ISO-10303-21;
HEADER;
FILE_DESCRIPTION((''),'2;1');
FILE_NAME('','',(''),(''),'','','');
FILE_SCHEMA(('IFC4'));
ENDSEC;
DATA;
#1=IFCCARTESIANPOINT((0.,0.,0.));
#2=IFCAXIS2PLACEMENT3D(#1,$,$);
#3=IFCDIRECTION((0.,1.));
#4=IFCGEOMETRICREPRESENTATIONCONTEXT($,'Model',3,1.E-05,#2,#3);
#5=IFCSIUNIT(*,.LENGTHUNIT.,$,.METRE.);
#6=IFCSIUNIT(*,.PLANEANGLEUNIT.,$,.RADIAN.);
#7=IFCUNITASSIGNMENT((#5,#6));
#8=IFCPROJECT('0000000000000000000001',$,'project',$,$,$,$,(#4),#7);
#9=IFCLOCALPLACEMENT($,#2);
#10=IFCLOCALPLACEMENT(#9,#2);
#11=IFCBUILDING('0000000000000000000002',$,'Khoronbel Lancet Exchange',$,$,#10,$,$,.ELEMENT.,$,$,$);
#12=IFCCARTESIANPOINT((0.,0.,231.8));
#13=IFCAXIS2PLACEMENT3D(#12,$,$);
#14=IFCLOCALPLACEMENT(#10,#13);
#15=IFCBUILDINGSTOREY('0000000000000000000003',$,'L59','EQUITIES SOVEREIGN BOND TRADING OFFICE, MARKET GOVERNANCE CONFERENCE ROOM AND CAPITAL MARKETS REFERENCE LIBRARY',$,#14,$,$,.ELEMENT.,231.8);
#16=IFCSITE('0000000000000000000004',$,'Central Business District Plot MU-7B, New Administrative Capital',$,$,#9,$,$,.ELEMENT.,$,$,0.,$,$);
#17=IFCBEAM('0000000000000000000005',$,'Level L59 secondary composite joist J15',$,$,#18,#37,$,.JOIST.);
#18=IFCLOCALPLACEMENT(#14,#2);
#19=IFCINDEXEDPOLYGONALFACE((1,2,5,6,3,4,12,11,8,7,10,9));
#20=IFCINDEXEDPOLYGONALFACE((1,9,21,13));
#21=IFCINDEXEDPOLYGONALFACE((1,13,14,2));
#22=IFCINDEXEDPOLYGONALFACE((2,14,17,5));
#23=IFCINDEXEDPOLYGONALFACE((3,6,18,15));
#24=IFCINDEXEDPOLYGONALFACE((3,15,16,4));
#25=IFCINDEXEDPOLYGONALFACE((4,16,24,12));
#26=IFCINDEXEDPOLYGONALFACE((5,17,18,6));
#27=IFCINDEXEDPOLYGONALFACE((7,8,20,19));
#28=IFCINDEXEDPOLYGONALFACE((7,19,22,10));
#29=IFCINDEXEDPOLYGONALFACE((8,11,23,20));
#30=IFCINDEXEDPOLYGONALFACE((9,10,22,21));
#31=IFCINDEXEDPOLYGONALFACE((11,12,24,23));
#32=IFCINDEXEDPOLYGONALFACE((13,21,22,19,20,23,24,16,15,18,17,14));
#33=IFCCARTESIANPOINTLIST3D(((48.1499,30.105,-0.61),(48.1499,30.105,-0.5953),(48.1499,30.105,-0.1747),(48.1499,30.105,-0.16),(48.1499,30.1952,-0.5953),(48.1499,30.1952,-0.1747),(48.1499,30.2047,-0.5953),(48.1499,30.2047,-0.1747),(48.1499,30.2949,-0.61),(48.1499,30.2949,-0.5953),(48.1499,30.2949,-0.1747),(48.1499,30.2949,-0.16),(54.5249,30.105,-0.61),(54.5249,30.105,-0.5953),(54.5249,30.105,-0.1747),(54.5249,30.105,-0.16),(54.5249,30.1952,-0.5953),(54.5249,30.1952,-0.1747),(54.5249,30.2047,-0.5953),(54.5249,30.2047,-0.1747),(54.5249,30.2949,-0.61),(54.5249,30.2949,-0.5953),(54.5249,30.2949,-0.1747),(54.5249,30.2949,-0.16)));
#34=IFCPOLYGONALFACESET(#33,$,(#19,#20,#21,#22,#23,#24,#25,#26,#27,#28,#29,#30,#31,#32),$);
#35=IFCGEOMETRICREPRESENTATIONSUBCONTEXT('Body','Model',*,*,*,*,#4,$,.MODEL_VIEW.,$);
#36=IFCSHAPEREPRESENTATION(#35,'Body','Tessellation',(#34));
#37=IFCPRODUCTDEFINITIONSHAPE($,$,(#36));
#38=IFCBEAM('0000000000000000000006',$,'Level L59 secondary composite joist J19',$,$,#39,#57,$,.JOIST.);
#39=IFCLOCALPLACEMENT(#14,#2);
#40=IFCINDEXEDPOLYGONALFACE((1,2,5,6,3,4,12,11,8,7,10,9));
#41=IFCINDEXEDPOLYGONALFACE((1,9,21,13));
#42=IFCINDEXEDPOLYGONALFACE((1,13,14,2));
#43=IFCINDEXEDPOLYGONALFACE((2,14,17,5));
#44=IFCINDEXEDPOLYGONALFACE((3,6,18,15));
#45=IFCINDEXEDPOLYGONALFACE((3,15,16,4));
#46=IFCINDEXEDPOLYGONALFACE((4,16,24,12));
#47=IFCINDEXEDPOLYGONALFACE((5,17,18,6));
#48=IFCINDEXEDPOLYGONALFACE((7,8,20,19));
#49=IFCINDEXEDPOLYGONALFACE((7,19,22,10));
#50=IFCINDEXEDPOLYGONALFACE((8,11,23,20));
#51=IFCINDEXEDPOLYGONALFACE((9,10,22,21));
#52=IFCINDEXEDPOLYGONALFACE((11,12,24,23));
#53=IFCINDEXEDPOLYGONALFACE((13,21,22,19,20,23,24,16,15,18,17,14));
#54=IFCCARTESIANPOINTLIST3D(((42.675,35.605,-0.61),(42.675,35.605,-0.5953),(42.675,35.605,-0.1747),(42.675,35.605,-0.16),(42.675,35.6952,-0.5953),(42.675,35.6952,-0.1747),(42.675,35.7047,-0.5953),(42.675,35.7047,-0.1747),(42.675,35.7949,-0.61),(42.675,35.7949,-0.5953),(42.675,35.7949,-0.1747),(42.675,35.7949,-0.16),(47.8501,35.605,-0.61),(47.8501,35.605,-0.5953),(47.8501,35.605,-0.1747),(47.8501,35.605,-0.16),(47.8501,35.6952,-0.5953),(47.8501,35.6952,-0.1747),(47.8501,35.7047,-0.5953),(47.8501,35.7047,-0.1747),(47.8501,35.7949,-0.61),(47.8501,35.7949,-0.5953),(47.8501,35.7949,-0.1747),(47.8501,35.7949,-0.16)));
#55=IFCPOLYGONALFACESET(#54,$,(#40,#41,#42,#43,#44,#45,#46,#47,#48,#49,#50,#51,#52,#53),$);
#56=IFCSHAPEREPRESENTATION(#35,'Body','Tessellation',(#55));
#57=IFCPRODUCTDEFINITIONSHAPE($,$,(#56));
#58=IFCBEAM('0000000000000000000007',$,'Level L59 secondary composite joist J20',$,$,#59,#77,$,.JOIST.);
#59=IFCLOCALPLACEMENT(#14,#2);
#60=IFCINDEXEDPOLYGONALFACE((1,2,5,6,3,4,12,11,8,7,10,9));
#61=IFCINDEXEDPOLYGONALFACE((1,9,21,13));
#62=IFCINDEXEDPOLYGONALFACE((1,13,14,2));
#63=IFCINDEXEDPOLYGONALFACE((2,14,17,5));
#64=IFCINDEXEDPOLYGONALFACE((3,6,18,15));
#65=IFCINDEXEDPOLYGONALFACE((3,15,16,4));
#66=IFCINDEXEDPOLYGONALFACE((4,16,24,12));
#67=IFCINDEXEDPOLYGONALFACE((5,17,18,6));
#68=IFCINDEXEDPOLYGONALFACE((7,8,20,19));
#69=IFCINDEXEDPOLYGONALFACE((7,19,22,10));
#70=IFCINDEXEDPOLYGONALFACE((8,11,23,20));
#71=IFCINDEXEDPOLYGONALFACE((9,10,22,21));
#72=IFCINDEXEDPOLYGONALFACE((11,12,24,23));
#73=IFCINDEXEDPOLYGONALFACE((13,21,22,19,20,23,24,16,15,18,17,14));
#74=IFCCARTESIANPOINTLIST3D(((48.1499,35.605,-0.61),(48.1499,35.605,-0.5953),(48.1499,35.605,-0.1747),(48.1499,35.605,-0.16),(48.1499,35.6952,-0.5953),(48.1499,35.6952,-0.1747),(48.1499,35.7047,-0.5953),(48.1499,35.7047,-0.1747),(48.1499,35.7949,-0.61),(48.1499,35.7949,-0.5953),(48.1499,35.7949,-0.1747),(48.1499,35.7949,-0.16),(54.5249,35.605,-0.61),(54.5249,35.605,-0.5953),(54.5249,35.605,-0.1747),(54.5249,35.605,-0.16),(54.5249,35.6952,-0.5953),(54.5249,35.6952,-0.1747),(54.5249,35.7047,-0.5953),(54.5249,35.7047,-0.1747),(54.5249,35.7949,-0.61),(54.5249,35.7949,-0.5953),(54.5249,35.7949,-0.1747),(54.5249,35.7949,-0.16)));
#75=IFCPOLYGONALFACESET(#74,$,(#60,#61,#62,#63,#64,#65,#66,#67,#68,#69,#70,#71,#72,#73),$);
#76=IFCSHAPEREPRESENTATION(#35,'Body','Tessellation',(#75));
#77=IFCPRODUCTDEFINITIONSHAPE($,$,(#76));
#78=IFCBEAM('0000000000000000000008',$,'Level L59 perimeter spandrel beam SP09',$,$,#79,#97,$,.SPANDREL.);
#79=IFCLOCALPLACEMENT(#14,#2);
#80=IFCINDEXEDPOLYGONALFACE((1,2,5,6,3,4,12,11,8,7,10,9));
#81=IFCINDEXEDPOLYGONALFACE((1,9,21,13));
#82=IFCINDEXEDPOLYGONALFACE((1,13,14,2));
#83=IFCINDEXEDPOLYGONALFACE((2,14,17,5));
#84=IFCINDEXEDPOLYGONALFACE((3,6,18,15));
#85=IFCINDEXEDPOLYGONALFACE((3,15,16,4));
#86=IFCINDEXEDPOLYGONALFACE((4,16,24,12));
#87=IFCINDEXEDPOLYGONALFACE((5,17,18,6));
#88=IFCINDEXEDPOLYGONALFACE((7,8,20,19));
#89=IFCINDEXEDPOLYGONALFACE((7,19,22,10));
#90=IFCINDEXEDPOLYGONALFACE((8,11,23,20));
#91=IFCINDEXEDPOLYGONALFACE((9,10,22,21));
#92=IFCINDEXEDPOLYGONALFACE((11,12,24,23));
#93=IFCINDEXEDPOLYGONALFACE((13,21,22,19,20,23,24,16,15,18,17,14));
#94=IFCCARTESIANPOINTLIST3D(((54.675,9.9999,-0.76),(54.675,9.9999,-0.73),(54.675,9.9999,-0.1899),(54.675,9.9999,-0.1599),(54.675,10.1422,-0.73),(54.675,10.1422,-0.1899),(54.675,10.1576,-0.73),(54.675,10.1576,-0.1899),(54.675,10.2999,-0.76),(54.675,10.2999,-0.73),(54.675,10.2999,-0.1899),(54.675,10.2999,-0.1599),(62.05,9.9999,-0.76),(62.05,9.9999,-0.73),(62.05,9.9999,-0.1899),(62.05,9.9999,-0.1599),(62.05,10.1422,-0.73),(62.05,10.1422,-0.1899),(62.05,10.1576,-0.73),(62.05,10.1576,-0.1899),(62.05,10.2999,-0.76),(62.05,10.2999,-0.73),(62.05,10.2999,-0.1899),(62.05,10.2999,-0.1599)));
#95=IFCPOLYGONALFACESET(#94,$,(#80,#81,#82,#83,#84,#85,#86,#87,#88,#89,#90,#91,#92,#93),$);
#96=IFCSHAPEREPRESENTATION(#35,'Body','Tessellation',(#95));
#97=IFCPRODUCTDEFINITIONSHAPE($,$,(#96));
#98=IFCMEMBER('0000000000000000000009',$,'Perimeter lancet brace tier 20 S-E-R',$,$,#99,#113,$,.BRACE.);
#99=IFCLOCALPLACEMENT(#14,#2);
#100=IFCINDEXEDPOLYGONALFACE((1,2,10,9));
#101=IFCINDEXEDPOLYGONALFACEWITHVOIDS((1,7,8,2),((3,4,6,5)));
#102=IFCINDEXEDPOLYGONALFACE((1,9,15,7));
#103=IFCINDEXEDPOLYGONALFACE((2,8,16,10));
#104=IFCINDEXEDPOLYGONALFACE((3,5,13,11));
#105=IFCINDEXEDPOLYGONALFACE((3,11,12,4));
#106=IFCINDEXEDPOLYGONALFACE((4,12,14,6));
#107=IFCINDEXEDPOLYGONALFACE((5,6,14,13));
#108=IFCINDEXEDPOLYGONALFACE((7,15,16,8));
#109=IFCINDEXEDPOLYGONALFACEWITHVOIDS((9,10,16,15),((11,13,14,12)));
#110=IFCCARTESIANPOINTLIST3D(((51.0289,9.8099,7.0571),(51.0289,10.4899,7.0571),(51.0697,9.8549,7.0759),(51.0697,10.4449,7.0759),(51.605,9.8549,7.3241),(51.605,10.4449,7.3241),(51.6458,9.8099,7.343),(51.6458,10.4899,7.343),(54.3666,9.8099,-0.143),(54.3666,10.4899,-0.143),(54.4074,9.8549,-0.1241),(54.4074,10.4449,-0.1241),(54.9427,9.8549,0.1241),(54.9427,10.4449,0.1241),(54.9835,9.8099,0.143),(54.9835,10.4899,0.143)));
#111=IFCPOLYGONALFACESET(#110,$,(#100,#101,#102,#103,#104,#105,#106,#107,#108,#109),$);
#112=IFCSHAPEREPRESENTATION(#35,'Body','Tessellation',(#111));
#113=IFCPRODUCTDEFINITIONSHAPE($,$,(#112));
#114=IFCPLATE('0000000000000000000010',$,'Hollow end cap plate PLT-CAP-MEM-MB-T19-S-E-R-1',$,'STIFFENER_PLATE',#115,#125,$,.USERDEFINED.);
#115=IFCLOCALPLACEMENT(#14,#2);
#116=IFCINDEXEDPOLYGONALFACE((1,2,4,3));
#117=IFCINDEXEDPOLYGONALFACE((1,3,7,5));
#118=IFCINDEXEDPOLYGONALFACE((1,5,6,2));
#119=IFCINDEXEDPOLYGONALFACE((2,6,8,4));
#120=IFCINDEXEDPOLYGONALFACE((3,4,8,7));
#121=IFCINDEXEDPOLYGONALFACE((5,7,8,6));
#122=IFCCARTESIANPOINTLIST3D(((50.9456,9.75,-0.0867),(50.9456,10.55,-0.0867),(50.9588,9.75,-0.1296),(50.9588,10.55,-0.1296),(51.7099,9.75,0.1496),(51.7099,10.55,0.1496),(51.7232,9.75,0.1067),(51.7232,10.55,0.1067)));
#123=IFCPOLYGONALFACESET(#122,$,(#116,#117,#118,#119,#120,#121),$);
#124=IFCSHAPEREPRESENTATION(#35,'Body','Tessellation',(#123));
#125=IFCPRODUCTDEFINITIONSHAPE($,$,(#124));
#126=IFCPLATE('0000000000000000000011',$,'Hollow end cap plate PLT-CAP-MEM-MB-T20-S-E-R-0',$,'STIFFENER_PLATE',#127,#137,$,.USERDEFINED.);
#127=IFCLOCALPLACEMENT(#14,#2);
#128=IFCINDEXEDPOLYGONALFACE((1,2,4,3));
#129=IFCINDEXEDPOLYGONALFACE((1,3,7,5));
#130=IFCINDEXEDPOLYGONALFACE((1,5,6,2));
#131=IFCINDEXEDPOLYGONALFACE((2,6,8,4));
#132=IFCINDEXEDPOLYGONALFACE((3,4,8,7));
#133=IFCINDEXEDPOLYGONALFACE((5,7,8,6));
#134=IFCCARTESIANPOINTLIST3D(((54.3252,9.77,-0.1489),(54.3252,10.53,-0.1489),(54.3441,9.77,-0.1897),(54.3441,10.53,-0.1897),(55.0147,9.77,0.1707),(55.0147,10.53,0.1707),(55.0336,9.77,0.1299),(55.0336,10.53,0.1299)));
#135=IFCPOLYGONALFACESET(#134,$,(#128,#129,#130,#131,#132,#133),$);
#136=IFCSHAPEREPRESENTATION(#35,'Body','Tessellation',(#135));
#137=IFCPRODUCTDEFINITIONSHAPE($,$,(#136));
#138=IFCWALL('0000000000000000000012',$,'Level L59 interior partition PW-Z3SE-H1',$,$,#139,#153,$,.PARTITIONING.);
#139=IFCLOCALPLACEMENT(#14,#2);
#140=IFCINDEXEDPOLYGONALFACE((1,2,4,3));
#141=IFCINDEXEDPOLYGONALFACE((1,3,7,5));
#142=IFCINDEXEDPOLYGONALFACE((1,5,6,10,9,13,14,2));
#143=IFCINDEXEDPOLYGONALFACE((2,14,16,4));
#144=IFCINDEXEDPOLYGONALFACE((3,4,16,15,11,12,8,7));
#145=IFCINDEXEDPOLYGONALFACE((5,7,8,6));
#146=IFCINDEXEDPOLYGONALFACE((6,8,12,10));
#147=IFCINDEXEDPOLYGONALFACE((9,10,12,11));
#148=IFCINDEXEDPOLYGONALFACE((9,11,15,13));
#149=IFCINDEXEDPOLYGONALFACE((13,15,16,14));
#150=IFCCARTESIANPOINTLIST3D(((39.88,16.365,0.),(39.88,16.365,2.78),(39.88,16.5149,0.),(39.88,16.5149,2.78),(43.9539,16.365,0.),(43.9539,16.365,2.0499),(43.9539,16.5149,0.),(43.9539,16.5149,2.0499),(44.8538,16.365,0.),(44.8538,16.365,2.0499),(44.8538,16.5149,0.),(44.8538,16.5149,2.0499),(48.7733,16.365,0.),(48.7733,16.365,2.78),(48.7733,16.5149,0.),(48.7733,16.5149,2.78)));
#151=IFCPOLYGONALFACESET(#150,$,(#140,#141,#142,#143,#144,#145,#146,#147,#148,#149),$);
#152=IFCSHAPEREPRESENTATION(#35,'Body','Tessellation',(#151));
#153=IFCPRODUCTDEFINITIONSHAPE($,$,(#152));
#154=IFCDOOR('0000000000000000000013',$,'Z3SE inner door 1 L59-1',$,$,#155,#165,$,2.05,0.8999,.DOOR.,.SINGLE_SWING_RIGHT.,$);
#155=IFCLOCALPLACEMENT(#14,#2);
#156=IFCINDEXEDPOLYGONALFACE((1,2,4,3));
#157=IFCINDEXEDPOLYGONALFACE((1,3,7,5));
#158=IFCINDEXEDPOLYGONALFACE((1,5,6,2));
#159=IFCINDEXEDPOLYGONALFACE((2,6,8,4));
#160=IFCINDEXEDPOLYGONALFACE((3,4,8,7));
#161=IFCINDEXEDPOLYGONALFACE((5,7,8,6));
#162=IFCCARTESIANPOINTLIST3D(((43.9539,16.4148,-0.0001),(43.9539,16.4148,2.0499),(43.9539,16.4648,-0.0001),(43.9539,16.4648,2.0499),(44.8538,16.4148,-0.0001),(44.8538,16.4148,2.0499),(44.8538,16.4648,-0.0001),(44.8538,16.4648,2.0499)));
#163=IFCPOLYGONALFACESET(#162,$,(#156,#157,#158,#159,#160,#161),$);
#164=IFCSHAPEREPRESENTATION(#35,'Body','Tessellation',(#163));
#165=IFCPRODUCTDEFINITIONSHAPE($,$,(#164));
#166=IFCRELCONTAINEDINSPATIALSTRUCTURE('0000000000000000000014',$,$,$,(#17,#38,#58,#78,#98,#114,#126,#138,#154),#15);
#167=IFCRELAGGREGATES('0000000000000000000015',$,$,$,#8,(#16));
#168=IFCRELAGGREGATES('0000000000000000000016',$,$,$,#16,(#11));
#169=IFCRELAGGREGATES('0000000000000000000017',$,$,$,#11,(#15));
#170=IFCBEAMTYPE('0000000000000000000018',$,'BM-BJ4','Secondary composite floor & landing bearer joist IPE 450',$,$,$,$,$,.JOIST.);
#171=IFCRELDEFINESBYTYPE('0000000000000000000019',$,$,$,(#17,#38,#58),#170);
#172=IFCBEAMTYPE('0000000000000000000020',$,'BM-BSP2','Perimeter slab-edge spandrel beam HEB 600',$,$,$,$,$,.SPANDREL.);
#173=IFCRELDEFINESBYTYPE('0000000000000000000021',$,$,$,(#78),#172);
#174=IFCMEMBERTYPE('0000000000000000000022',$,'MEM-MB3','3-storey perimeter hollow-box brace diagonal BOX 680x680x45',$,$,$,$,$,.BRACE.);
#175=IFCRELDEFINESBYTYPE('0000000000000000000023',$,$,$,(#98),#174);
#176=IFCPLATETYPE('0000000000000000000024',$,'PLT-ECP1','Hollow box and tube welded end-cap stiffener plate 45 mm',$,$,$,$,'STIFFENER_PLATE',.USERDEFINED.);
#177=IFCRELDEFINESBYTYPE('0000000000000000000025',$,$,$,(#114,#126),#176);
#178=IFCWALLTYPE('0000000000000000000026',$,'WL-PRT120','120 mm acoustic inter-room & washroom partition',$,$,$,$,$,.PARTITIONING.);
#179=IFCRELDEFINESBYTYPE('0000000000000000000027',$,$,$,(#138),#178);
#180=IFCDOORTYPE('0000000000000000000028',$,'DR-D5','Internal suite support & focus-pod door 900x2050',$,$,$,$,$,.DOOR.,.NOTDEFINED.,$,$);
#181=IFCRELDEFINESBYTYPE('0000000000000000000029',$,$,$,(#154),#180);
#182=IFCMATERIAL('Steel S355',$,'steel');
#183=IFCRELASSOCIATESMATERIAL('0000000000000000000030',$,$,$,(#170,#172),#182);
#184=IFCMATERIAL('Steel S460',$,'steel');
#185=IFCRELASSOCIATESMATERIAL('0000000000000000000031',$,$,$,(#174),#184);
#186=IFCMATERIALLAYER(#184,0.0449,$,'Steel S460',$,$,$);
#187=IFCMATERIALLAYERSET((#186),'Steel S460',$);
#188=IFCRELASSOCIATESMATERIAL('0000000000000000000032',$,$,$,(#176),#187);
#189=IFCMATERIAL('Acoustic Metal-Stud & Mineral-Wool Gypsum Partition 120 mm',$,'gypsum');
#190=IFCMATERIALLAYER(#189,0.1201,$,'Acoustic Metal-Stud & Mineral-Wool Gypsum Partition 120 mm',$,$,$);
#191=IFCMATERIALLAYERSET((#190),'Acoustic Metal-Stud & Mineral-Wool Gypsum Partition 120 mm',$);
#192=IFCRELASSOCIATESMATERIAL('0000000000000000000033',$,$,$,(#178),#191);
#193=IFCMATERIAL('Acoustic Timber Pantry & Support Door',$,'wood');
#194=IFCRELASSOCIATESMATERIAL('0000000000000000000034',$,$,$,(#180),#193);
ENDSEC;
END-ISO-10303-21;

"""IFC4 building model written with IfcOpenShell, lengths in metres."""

from ifc_helpers import new_model, si_unit, direction, frame, frame_2d, origin, origin_2d, place, context, subcontext, project, spatial, polyline, rectangle, hollow_rectangle, i_section, outline, extrude, material, layer, layer_set, material_profile, profile_set, type_object, element, fill, save


model = new_model("IFC4")

# Units and contexts
model_context = context("Model", 3, precision=1e-05, world=origin(), true_north=direction((0.0, 1.0)))
body_context = subcontext(model_context, "Body", "Model", "MODEL_VIEW")
ifc_project = project(units=[si_unit("LENGTHUNIT", "METRE"), si_unit("PLANEANGLEUNIT", "RADIAN")], contexts=[model_context])

# Site, building, storey
site_placement = place(None, origin())
site = spatial("IfcSite", under=ifc_project, at=site_placement, Name="Central Business District Plot MU-7B, New Administrative Capital", CompositionType="ELEMENT", RefElevation=0.0)
building_placement = place(site_placement, origin())
building = spatial("IfcBuilding", under=site, at=building_placement, Name="Khoronbel Lancet Exchange", CompositionType="ELEMENT")
storey_placement = place(building_placement, frame((0.0, 0.0, 231.8)))
storey = spatial("IfcBuildingStorey", under=building, at=storey_placement, Name="L59", Description="EQUITIES SOVEREIGN BOND TRADING OFFICE, MARKET GOVERNANCE CONFERENCE ROOM AND CAPITAL MARKETS REFERENCE LIBRARY", CompositionType="ELEMENT", Elevation=231.8)

# Shared definitions
ifc_material_1 = material(Name="Steel S355", Category="steel")

# Beams
ifc_material_profile_1 = material_profile(ifc_material_1, i_section(OverallWidth=0.1899, OverallDepth=0.45, WebThickness=0.0095, FlangeThickness=0.0146, at=origin_2d()), Name="IPE 450")
ifc_profile_set_1 = profile_set([ifc_material_profile_1], Name="Steel S355")
beam_type_1 = type_object("IfcBeamType", Name="BM-BJ4", Description="Secondary composite floor & landing bearer joist IPE 450", PredefinedType="JOIST", material=ifc_profile_set_1)
beam_1_placement = place(storey_placement, frame((48.1499, 30.2, -0.385), z_axis=(1.0, 0.0, 0.0), x_axis=(0.0, 1.0, 0.0)))
element("IfcBeam", 1, at=beam_1_placement, inside=storey, type_object=beam_type_1, Name="Level L59 secondary composite joist J15", PredefinedType="JOIST", context=body_context, shape_type="SweptSolid", body=[
    extrude(i_section(OverallWidth=0.1899, OverallDepth=0.45, WebThickness=0.0095, FlangeThickness=0.0146, at=origin_2d()), origin(), (0.0, 0.0, 1.0), 6.375),
])
beam_2_placement = place(storey_placement, frame((42.675, 35.7, -0.385), z_axis=(1.0, 0.0, 0.0), x_axis=(0.0, 1.0, 0.0)))
element("IfcBeam", 2, at=beam_2_placement, inside=storey, type_object=beam_type_1, Name="Level L59 secondary composite joist J19", PredefinedType="JOIST", context=body_context, shape_type="SweptSolid", body=[
    extrude(i_section(OverallWidth=0.1899, OverallDepth=0.45, WebThickness=0.0095, FlangeThickness=0.0146, at=origin_2d()), origin(), (0.0, 0.0, 1.0), 5.175),
])
beam_3_placement = place(storey_placement, frame((48.1499, 35.7, -0.385), z_axis=(1.0, 0.0, 0.0), x_axis=(0.0, 1.0, 0.0)))
element("IfcBeam", 3, at=beam_3_placement, inside=storey, type_object=beam_type_1, Name="Level L59 secondary composite joist J20", PredefinedType="JOIST", context=body_context, shape_type="SweptSolid", body=[
    extrude(i_section(OverallWidth=0.1899, OverallDepth=0.45, WebThickness=0.0095, FlangeThickness=0.0146, at=origin_2d()), origin(), (0.0, 0.0, 1.0), 6.375),
])
ifc_material_profile_2 = material_profile(ifc_material_1, i_section(OverallWidth=0.3, OverallDepth=0.6001, WebThickness=0.0154, FlangeThickness=0.03, at=origin_2d()), Name="HEB 600")
ifc_profile_set_2 = profile_set([ifc_material_profile_2], Name="Steel S355")
beam_type_2 = type_object("IfcBeamType", Name="BM-BSP2", Description="Perimeter slab-edge spandrel beam HEB 600", PredefinedType="SPANDREL", material=ifc_profile_set_2)
beam_4_placement = place(storey_placement, frame((54.675, 10.1499, -0.46), z_axis=(1.0, 0.0, 0.0), x_axis=(0.0, 1.0, 0.0)))
element("IfcBeam", 4, at=beam_4_placement, inside=storey, type_object=beam_type_2, Name="Level L59 perimeter spandrel beam SP09", PredefinedType="SPANDREL", context=body_context, shape_type="SweptSolid", body=[
    extrude(i_section(OverallWidth=0.3, OverallDepth=0.6001, WebThickness=0.0154, FlangeThickness=0.03, at=origin_2d()), origin(), (0.0, 0.0, 1.0), 7.375),
])

# Member
ifc_material_2 = material(Name="Steel S460", Category="steel")
ifc_material_profile_3 = material_profile(ifc_material_2, hollow_rectangle(XDim=0.6799, YDim=0.6799, WallThickness=0.0449, at=origin_2d()), Name="BOX 680x680x45")
ifc_profile_set_3 = profile_set([ifc_material_profile_3], Name="Steel S460")
member_type = type_object("IfcMemberType", Name="MEM-MB3", Description="3-storey perimeter hollow-box brace diagonal BOX 680x680x45", PredefinedType="BRACE", material=ifc_profile_set_3)
member_placement = place(storey_placement, frame((54.675, 10.1499, 0.0), z_axis=(-0.420573, 0.0, 0.907259), x_axis=(0.0, -1.0, 0.0)))
element("IfcMember", 5, at=member_placement, inside=storey, type_object=member_type, Name="Perimeter lancet brace tier 20 S-E-R", PredefinedType="BRACE", context=body_context, shape_type="SweptSolid", body=[
    extrude(hollow_rectangle(XDim=0.6799, YDim=0.6799, WallThickness=0.0449, at=origin_2d()), origin(), (0.0, 0.0, 1.0), 7.936),
])

# Plates
ifc_layer_1 = layer(ifc_material_2, 0.0449, Name="Steel S460")
ifc_layer_set_1 = layer_set([ifc_layer_1], Name="Steel S460")
plate_type = type_object("IfcPlateType", Name="PLT-ECP1", Description="Hollow box and tube welded end-cap stiffener plate 45 mm", ElementType="STIFFENER_PLATE", PredefinedType="USERDEFINED", material=ifc_layer_set_1)
plate_1_placement = place(storey_placement, frame((50.9456, 10.55, -0.0867), z_axis=(-0.295372, 0.0, 0.955382), x_axis=(0.0, -1.0, 0.0)))
element("IfcPlate", 6, at=plate_1_placement, inside=storey, type_object=plate_type, Name="Hollow end cap plate PLT-CAP-MEM-MB-T19-S-E-R-1", ObjectType="STIFFENER_PLATE", PredefinedType="USERDEFINED", context=body_context, shape_type="SweptSolid", body=[
    extrude(outline(polyline([(0.0, 0.0), (0.8, 0.0), (0.8, 0.8), (0.0, 0.8), (0.0, 0.0)])), origin(), (0.0, 0.0, -1.0), 0.0449),
])
plate_2_placement = place(storey_placement, frame((54.3252, 10.53, -0.1489), z_axis=(-0.420545, 0.0, 0.907272), x_axis=(0.0, -1.0, 0.0)))
element("IfcPlate", 7, at=plate_2_placement, inside=storey, type_object=plate_type, Name="Hollow end cap plate PLT-CAP-MEM-MB-T20-S-E-R-0", ObjectType="STIFFENER_PLATE", PredefinedType="USERDEFINED", context=body_context, shape_type="SweptSolid", body=[
    extrude(outline(polyline([(0.0, 0.0), (0.76, 0.0), (0.76, 0.76), (0.0, 0.76), (0.0, 0.0)])), origin(), (0.0, 0.0, -1.0), 0.0449),
])

# Wall, opening, door
ifc_material_3 = material(Name="Acoustic Metal-Stud & Mineral-Wool Gypsum Partition 120 mm", Category="gypsum")
ifc_layer_2 = layer(ifc_material_3, 0.1201, Name="Acoustic Metal-Stud & Mineral-Wool Gypsum Partition 120 mm")
ifc_layer_set_2 = layer_set([ifc_layer_2], Name="Acoustic Metal-Stud & Mineral-Wool Gypsum Partition 120 mm")
wall_type_1 = type_object("IfcWallType", Name="WL-PRT120", Description="120 mm acoustic inter-room & washroom partition", PredefinedType="PARTITIONING", material=ifc_layer_set_2)
wall_1_placement = place(storey_placement, frame((39.8799, 16.4399, 0.0), z_axis=(0.0, 0.0, 1.0), x_axis=(1.0, 0.0, 0.0)))
wall_1 = element("IfcWall", 8, at=wall_1_placement, inside=storey, type_object=wall_type_1, Name="Level L59 interior partition PW-Z3SE-H1", PredefinedType="PARTITIONING", context=body_context, shape_type="SweptSolid", body=[
    extrude(rectangle(XDim=8.8933, YDim=0.1499, at=frame_2d((4.4468, 0.0))), origin(), (0.0, 0.0, 1.0), 2.78),
])
opening_1_placement = place(wall_1_placement, frame((4.074, 0.0, 0.0)))
opening_1 = element("IfcOpeningElement", 9, at=opening_1_placement, cuts=wall_1, PredefinedType="OPENING", context=body_context, shape_type="SweptSolid", body=[
    extrude(rectangle(XDim=0.8999, YDim=2.05, at=frame_2d((0.45, 1.0249))), frame((0.0, 0.085, 0.0), z_axis=(0.0, -1.0, 0.0), x_axis=(1.0, 0.0, 0.0)), (0.0, 0.0, 1.0), 0.1699),
])
ifc_material_4 = material(Name="Acoustic Timber Pantry & Support Door", Category="wood")
door_type_1 = type_object("IfcDoorType", Name="DR-D5", Description="Internal suite support & focus-pod door 900x2050", OperationType="NOTDEFINED", PredefinedType="DOOR", material=ifc_material_4)
door_1_placement = place(opening_1_placement, origin())
door_1 = element("IfcDoor", 10, at=door_1_placement, inside=storey, type_object=door_type_1, Name="Z3SE inner door 1 L59-1", OperationType="SINGLE_SWING_RIGHT", OverallHeight=2.05, OverallWidth=0.8999, PredefinedType="DOOR", context=body_context, shape_type="SweptSolid", body=[
    extrude(rectangle(XDim=0.8999, YDim=2.05, at=frame_2d((0.45, 1.0249))), frame((0.0, 0.0249, 0.0), z_axis=(0.0, -1.0, 0.0), x_axis=(1.0, 0.0, 0.0)), (0.0, 0.0, 1.0), 0.05),
])
fill(opening_1, door_1)

save(model, "model.ifc")
